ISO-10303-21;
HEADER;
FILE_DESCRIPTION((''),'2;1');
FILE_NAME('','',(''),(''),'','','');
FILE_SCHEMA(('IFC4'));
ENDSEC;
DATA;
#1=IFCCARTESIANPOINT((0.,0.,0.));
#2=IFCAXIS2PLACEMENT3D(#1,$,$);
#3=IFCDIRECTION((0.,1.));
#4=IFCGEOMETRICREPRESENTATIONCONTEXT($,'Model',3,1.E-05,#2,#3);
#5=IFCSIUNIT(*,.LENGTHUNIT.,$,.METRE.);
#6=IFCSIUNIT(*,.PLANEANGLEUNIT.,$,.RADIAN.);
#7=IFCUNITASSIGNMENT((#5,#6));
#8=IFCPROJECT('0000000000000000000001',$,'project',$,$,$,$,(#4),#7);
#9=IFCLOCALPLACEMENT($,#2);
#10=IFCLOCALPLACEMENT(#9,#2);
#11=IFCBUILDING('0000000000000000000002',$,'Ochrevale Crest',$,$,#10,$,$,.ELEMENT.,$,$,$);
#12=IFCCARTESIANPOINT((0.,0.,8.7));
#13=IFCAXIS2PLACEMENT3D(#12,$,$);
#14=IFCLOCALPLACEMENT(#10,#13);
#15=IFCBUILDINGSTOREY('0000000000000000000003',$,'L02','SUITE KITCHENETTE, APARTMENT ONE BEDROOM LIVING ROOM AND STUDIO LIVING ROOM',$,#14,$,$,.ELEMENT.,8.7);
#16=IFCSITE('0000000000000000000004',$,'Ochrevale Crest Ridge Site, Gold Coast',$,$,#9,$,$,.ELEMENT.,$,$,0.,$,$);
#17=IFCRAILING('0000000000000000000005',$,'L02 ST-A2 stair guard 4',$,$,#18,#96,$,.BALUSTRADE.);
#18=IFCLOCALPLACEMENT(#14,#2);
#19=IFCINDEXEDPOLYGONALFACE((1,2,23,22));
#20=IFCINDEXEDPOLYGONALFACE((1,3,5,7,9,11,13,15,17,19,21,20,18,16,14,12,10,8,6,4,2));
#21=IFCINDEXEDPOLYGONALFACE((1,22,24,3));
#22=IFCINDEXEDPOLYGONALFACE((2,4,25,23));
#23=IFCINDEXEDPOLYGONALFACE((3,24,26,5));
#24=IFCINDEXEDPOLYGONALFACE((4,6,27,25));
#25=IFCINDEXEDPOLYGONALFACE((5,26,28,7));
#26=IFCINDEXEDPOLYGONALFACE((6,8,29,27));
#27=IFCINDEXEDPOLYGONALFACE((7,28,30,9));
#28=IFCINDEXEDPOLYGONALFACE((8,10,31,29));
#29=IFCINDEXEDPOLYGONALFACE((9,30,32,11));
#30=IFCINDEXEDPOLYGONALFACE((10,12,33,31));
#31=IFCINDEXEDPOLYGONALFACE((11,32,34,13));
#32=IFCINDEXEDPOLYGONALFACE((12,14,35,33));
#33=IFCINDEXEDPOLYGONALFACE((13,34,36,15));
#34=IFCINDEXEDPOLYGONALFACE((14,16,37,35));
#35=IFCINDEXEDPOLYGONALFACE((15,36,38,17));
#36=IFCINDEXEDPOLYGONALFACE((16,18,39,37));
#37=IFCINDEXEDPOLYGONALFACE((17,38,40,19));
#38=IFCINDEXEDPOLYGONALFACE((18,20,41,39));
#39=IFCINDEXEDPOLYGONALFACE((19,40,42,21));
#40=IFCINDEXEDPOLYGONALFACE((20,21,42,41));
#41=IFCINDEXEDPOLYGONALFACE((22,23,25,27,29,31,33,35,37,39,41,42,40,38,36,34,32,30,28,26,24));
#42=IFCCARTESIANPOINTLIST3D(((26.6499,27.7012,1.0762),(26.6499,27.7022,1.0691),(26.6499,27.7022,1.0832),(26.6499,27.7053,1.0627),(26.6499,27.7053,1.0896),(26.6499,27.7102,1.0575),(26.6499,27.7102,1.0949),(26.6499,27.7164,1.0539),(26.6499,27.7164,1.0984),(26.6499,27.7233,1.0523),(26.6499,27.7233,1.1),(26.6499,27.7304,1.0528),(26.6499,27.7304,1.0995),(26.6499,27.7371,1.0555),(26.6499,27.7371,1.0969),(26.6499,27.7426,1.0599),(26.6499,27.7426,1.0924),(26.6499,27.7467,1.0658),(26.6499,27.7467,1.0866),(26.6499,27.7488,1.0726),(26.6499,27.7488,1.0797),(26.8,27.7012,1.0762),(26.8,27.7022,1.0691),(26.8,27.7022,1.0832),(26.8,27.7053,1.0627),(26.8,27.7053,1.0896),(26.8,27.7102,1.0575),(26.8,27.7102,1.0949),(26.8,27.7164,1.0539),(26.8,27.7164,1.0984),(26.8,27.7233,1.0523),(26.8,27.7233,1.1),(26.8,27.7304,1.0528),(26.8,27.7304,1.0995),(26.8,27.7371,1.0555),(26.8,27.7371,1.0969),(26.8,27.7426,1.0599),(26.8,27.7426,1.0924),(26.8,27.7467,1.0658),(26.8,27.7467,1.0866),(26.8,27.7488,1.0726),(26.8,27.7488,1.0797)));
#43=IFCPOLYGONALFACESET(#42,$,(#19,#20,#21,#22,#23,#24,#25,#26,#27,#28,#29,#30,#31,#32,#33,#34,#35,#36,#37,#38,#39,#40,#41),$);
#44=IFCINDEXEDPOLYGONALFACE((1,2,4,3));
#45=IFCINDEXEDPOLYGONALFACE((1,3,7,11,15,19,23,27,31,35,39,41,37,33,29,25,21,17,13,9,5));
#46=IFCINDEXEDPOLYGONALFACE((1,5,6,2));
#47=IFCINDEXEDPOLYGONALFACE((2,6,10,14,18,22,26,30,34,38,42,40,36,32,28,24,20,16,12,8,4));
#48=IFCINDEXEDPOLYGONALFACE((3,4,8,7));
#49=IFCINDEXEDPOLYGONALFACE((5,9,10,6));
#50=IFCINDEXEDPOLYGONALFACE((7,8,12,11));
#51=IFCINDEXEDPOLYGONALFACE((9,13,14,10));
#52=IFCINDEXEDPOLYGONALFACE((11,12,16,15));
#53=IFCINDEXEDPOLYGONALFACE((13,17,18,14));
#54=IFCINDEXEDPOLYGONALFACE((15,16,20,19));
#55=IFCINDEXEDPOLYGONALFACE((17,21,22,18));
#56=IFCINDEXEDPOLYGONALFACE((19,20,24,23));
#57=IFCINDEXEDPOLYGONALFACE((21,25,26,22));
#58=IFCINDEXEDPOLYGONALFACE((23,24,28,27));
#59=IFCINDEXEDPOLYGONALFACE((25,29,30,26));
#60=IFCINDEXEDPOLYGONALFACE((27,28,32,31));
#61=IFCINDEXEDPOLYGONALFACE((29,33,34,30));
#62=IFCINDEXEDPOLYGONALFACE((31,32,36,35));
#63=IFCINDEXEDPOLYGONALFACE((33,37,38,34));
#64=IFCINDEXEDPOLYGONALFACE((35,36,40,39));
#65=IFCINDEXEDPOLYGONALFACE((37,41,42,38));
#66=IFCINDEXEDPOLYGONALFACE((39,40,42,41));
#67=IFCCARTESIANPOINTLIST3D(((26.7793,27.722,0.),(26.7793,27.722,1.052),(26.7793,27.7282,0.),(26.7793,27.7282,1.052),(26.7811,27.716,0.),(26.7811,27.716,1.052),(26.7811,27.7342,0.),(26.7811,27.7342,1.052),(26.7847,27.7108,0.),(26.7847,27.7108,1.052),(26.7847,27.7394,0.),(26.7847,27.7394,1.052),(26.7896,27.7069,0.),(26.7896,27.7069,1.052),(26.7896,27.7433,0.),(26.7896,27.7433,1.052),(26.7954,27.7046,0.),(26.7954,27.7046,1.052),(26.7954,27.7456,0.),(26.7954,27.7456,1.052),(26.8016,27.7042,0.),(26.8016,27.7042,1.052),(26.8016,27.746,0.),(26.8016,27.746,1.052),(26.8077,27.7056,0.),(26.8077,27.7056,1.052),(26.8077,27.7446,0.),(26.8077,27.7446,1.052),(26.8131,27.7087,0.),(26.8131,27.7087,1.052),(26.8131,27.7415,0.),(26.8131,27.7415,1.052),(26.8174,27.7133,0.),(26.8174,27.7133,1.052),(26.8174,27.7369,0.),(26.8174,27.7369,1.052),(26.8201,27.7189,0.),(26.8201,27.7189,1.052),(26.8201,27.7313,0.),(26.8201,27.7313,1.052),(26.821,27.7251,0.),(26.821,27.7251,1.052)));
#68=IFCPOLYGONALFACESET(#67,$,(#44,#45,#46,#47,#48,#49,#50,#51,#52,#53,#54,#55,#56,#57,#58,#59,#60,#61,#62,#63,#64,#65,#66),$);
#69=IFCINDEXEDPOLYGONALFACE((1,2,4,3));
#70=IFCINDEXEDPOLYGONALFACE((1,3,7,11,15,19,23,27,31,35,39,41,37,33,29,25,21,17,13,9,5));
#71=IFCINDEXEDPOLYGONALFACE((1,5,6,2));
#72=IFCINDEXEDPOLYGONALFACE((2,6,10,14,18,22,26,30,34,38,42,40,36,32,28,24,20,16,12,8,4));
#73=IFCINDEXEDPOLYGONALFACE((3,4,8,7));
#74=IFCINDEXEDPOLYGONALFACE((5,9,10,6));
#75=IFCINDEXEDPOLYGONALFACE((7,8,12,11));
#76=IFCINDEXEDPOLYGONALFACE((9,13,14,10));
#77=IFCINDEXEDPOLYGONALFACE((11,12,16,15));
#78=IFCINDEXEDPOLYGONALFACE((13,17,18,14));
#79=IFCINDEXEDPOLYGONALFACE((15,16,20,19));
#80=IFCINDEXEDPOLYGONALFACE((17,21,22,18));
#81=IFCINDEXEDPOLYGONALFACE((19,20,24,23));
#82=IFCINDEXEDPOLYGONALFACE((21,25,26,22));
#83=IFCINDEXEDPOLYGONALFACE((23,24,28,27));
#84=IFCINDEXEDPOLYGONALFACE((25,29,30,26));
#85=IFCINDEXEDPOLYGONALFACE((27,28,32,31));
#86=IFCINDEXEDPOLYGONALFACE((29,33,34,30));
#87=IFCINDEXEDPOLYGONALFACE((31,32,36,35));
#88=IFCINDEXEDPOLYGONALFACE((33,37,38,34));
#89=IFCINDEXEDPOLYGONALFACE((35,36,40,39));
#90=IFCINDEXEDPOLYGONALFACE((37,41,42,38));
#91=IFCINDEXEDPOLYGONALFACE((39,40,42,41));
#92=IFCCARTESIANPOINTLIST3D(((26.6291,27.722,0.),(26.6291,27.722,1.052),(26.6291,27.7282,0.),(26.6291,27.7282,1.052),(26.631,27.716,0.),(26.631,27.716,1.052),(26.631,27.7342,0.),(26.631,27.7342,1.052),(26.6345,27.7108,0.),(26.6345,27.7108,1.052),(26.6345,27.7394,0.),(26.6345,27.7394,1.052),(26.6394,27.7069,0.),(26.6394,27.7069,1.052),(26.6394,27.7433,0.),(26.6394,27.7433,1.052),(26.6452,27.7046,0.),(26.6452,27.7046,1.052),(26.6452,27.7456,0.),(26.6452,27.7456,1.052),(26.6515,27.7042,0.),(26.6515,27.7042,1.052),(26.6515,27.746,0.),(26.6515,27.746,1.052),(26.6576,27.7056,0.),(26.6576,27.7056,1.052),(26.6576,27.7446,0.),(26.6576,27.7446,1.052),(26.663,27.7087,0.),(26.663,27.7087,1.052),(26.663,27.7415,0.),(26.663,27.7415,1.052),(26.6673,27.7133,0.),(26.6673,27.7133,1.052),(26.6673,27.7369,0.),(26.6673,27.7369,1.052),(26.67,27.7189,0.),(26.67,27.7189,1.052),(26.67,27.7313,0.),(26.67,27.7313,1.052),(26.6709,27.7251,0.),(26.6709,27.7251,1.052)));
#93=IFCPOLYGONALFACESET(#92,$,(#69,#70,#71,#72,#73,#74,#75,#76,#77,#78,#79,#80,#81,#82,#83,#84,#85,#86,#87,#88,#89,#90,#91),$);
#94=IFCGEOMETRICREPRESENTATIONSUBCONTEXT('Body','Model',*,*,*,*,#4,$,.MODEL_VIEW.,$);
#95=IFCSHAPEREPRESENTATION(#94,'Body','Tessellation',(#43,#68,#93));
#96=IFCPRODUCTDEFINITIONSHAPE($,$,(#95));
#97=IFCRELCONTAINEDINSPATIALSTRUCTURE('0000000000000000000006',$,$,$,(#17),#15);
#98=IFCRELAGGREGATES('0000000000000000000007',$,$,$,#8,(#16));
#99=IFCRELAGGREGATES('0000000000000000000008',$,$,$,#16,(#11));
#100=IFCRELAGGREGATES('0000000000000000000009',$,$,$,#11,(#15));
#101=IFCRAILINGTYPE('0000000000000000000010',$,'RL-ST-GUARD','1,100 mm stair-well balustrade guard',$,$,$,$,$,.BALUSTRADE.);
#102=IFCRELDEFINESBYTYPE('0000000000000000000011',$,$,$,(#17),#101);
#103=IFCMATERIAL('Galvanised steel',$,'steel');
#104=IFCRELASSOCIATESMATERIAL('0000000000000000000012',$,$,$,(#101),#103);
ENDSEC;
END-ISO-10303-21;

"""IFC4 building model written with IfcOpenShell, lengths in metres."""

from ifc_helpers import new_model, si_unit, direction, frame, origin, origin_2d, place, context, subcontext, project, spatial, circle, extrude, material, type_object, element, save


model = new_model("IFC4")

# Units and contexts
model_context = context("Model", 3, precision=1e-05, world=origin(), true_north=direction((0.0, 1.0)))
body_context = subcontext(model_context, "Body", "Model", "MODEL_VIEW")
ifc_project = project(units=[si_unit("LENGTHUNIT", "METRE"), si_unit("PLANEANGLEUNIT", "RADIAN")], contexts=[model_context])

# Site, building, storey
site_placement = place(None, origin())
site = spatial("IfcSite", under=ifc_project, at=site_placement, Name="Ochrevale Crest Ridge Site, Gold Coast", CompositionType="ELEMENT", RefElevation=0.0)
building_placement = place(site_placement, origin())
building = spatial("IfcBuilding", under=site, at=building_placement, Name="Ochrevale Crest", CompositionType="ELEMENT")
storey_placement = place(building_placement, frame((0.0, 0.0, 8.7)))
storey = spatial("IfcBuildingStorey", under=building, at=storey_placement, Name="L02", Description="SUITE KITCHENETTE, APARTMENT ONE BEDROOM LIVING ROOM AND STUDIO LIVING ROOM", CompositionType="ELEMENT", Elevation=8.7)

# Railing
ifc_material_1 = material(Name="Galvanised steel", Category="steel")
railing_type_1 = type_object("IfcRailingType", Name="RL-ST-GUARD", Description="1,100 mm stair-well balustrade guard", PredefinedType="BALUSTRADE", material=ifc_material_1)
railing_1_placement = place(storey_placement, frame((26.8, 27.7251, 0.0)))
element("IfcRailing", 1, at=railing_1_placement, inside=storey, type_object=railing_type_1, Name="L02 ST-A2 stair guard 4", PredefinedType="BALUSTRADE", context=body_context, shape_type="SweptSolid", body=[
    extrude(circle(Radius=0.0239, at=origin_2d()), frame((0.0, 0.0, 1.0762), z_axis=(-1.0, 0.0, 0.0), x_axis=(0.0, -1.0, 0.0)), (0.0, 0.0, 1.0), 0.1501),
    extrude(circle(Radius=0.021, at=origin_2d()), origin(), (0.0, 0.0, 1.0), 1.052),
    extrude(circle(Radius=0.021, at=origin_2d()), frame((-0.1501, 0.0, 0.0)), (0.0, 0.0, 1.0), 1.052),
])

save(model, "model.ifc")
